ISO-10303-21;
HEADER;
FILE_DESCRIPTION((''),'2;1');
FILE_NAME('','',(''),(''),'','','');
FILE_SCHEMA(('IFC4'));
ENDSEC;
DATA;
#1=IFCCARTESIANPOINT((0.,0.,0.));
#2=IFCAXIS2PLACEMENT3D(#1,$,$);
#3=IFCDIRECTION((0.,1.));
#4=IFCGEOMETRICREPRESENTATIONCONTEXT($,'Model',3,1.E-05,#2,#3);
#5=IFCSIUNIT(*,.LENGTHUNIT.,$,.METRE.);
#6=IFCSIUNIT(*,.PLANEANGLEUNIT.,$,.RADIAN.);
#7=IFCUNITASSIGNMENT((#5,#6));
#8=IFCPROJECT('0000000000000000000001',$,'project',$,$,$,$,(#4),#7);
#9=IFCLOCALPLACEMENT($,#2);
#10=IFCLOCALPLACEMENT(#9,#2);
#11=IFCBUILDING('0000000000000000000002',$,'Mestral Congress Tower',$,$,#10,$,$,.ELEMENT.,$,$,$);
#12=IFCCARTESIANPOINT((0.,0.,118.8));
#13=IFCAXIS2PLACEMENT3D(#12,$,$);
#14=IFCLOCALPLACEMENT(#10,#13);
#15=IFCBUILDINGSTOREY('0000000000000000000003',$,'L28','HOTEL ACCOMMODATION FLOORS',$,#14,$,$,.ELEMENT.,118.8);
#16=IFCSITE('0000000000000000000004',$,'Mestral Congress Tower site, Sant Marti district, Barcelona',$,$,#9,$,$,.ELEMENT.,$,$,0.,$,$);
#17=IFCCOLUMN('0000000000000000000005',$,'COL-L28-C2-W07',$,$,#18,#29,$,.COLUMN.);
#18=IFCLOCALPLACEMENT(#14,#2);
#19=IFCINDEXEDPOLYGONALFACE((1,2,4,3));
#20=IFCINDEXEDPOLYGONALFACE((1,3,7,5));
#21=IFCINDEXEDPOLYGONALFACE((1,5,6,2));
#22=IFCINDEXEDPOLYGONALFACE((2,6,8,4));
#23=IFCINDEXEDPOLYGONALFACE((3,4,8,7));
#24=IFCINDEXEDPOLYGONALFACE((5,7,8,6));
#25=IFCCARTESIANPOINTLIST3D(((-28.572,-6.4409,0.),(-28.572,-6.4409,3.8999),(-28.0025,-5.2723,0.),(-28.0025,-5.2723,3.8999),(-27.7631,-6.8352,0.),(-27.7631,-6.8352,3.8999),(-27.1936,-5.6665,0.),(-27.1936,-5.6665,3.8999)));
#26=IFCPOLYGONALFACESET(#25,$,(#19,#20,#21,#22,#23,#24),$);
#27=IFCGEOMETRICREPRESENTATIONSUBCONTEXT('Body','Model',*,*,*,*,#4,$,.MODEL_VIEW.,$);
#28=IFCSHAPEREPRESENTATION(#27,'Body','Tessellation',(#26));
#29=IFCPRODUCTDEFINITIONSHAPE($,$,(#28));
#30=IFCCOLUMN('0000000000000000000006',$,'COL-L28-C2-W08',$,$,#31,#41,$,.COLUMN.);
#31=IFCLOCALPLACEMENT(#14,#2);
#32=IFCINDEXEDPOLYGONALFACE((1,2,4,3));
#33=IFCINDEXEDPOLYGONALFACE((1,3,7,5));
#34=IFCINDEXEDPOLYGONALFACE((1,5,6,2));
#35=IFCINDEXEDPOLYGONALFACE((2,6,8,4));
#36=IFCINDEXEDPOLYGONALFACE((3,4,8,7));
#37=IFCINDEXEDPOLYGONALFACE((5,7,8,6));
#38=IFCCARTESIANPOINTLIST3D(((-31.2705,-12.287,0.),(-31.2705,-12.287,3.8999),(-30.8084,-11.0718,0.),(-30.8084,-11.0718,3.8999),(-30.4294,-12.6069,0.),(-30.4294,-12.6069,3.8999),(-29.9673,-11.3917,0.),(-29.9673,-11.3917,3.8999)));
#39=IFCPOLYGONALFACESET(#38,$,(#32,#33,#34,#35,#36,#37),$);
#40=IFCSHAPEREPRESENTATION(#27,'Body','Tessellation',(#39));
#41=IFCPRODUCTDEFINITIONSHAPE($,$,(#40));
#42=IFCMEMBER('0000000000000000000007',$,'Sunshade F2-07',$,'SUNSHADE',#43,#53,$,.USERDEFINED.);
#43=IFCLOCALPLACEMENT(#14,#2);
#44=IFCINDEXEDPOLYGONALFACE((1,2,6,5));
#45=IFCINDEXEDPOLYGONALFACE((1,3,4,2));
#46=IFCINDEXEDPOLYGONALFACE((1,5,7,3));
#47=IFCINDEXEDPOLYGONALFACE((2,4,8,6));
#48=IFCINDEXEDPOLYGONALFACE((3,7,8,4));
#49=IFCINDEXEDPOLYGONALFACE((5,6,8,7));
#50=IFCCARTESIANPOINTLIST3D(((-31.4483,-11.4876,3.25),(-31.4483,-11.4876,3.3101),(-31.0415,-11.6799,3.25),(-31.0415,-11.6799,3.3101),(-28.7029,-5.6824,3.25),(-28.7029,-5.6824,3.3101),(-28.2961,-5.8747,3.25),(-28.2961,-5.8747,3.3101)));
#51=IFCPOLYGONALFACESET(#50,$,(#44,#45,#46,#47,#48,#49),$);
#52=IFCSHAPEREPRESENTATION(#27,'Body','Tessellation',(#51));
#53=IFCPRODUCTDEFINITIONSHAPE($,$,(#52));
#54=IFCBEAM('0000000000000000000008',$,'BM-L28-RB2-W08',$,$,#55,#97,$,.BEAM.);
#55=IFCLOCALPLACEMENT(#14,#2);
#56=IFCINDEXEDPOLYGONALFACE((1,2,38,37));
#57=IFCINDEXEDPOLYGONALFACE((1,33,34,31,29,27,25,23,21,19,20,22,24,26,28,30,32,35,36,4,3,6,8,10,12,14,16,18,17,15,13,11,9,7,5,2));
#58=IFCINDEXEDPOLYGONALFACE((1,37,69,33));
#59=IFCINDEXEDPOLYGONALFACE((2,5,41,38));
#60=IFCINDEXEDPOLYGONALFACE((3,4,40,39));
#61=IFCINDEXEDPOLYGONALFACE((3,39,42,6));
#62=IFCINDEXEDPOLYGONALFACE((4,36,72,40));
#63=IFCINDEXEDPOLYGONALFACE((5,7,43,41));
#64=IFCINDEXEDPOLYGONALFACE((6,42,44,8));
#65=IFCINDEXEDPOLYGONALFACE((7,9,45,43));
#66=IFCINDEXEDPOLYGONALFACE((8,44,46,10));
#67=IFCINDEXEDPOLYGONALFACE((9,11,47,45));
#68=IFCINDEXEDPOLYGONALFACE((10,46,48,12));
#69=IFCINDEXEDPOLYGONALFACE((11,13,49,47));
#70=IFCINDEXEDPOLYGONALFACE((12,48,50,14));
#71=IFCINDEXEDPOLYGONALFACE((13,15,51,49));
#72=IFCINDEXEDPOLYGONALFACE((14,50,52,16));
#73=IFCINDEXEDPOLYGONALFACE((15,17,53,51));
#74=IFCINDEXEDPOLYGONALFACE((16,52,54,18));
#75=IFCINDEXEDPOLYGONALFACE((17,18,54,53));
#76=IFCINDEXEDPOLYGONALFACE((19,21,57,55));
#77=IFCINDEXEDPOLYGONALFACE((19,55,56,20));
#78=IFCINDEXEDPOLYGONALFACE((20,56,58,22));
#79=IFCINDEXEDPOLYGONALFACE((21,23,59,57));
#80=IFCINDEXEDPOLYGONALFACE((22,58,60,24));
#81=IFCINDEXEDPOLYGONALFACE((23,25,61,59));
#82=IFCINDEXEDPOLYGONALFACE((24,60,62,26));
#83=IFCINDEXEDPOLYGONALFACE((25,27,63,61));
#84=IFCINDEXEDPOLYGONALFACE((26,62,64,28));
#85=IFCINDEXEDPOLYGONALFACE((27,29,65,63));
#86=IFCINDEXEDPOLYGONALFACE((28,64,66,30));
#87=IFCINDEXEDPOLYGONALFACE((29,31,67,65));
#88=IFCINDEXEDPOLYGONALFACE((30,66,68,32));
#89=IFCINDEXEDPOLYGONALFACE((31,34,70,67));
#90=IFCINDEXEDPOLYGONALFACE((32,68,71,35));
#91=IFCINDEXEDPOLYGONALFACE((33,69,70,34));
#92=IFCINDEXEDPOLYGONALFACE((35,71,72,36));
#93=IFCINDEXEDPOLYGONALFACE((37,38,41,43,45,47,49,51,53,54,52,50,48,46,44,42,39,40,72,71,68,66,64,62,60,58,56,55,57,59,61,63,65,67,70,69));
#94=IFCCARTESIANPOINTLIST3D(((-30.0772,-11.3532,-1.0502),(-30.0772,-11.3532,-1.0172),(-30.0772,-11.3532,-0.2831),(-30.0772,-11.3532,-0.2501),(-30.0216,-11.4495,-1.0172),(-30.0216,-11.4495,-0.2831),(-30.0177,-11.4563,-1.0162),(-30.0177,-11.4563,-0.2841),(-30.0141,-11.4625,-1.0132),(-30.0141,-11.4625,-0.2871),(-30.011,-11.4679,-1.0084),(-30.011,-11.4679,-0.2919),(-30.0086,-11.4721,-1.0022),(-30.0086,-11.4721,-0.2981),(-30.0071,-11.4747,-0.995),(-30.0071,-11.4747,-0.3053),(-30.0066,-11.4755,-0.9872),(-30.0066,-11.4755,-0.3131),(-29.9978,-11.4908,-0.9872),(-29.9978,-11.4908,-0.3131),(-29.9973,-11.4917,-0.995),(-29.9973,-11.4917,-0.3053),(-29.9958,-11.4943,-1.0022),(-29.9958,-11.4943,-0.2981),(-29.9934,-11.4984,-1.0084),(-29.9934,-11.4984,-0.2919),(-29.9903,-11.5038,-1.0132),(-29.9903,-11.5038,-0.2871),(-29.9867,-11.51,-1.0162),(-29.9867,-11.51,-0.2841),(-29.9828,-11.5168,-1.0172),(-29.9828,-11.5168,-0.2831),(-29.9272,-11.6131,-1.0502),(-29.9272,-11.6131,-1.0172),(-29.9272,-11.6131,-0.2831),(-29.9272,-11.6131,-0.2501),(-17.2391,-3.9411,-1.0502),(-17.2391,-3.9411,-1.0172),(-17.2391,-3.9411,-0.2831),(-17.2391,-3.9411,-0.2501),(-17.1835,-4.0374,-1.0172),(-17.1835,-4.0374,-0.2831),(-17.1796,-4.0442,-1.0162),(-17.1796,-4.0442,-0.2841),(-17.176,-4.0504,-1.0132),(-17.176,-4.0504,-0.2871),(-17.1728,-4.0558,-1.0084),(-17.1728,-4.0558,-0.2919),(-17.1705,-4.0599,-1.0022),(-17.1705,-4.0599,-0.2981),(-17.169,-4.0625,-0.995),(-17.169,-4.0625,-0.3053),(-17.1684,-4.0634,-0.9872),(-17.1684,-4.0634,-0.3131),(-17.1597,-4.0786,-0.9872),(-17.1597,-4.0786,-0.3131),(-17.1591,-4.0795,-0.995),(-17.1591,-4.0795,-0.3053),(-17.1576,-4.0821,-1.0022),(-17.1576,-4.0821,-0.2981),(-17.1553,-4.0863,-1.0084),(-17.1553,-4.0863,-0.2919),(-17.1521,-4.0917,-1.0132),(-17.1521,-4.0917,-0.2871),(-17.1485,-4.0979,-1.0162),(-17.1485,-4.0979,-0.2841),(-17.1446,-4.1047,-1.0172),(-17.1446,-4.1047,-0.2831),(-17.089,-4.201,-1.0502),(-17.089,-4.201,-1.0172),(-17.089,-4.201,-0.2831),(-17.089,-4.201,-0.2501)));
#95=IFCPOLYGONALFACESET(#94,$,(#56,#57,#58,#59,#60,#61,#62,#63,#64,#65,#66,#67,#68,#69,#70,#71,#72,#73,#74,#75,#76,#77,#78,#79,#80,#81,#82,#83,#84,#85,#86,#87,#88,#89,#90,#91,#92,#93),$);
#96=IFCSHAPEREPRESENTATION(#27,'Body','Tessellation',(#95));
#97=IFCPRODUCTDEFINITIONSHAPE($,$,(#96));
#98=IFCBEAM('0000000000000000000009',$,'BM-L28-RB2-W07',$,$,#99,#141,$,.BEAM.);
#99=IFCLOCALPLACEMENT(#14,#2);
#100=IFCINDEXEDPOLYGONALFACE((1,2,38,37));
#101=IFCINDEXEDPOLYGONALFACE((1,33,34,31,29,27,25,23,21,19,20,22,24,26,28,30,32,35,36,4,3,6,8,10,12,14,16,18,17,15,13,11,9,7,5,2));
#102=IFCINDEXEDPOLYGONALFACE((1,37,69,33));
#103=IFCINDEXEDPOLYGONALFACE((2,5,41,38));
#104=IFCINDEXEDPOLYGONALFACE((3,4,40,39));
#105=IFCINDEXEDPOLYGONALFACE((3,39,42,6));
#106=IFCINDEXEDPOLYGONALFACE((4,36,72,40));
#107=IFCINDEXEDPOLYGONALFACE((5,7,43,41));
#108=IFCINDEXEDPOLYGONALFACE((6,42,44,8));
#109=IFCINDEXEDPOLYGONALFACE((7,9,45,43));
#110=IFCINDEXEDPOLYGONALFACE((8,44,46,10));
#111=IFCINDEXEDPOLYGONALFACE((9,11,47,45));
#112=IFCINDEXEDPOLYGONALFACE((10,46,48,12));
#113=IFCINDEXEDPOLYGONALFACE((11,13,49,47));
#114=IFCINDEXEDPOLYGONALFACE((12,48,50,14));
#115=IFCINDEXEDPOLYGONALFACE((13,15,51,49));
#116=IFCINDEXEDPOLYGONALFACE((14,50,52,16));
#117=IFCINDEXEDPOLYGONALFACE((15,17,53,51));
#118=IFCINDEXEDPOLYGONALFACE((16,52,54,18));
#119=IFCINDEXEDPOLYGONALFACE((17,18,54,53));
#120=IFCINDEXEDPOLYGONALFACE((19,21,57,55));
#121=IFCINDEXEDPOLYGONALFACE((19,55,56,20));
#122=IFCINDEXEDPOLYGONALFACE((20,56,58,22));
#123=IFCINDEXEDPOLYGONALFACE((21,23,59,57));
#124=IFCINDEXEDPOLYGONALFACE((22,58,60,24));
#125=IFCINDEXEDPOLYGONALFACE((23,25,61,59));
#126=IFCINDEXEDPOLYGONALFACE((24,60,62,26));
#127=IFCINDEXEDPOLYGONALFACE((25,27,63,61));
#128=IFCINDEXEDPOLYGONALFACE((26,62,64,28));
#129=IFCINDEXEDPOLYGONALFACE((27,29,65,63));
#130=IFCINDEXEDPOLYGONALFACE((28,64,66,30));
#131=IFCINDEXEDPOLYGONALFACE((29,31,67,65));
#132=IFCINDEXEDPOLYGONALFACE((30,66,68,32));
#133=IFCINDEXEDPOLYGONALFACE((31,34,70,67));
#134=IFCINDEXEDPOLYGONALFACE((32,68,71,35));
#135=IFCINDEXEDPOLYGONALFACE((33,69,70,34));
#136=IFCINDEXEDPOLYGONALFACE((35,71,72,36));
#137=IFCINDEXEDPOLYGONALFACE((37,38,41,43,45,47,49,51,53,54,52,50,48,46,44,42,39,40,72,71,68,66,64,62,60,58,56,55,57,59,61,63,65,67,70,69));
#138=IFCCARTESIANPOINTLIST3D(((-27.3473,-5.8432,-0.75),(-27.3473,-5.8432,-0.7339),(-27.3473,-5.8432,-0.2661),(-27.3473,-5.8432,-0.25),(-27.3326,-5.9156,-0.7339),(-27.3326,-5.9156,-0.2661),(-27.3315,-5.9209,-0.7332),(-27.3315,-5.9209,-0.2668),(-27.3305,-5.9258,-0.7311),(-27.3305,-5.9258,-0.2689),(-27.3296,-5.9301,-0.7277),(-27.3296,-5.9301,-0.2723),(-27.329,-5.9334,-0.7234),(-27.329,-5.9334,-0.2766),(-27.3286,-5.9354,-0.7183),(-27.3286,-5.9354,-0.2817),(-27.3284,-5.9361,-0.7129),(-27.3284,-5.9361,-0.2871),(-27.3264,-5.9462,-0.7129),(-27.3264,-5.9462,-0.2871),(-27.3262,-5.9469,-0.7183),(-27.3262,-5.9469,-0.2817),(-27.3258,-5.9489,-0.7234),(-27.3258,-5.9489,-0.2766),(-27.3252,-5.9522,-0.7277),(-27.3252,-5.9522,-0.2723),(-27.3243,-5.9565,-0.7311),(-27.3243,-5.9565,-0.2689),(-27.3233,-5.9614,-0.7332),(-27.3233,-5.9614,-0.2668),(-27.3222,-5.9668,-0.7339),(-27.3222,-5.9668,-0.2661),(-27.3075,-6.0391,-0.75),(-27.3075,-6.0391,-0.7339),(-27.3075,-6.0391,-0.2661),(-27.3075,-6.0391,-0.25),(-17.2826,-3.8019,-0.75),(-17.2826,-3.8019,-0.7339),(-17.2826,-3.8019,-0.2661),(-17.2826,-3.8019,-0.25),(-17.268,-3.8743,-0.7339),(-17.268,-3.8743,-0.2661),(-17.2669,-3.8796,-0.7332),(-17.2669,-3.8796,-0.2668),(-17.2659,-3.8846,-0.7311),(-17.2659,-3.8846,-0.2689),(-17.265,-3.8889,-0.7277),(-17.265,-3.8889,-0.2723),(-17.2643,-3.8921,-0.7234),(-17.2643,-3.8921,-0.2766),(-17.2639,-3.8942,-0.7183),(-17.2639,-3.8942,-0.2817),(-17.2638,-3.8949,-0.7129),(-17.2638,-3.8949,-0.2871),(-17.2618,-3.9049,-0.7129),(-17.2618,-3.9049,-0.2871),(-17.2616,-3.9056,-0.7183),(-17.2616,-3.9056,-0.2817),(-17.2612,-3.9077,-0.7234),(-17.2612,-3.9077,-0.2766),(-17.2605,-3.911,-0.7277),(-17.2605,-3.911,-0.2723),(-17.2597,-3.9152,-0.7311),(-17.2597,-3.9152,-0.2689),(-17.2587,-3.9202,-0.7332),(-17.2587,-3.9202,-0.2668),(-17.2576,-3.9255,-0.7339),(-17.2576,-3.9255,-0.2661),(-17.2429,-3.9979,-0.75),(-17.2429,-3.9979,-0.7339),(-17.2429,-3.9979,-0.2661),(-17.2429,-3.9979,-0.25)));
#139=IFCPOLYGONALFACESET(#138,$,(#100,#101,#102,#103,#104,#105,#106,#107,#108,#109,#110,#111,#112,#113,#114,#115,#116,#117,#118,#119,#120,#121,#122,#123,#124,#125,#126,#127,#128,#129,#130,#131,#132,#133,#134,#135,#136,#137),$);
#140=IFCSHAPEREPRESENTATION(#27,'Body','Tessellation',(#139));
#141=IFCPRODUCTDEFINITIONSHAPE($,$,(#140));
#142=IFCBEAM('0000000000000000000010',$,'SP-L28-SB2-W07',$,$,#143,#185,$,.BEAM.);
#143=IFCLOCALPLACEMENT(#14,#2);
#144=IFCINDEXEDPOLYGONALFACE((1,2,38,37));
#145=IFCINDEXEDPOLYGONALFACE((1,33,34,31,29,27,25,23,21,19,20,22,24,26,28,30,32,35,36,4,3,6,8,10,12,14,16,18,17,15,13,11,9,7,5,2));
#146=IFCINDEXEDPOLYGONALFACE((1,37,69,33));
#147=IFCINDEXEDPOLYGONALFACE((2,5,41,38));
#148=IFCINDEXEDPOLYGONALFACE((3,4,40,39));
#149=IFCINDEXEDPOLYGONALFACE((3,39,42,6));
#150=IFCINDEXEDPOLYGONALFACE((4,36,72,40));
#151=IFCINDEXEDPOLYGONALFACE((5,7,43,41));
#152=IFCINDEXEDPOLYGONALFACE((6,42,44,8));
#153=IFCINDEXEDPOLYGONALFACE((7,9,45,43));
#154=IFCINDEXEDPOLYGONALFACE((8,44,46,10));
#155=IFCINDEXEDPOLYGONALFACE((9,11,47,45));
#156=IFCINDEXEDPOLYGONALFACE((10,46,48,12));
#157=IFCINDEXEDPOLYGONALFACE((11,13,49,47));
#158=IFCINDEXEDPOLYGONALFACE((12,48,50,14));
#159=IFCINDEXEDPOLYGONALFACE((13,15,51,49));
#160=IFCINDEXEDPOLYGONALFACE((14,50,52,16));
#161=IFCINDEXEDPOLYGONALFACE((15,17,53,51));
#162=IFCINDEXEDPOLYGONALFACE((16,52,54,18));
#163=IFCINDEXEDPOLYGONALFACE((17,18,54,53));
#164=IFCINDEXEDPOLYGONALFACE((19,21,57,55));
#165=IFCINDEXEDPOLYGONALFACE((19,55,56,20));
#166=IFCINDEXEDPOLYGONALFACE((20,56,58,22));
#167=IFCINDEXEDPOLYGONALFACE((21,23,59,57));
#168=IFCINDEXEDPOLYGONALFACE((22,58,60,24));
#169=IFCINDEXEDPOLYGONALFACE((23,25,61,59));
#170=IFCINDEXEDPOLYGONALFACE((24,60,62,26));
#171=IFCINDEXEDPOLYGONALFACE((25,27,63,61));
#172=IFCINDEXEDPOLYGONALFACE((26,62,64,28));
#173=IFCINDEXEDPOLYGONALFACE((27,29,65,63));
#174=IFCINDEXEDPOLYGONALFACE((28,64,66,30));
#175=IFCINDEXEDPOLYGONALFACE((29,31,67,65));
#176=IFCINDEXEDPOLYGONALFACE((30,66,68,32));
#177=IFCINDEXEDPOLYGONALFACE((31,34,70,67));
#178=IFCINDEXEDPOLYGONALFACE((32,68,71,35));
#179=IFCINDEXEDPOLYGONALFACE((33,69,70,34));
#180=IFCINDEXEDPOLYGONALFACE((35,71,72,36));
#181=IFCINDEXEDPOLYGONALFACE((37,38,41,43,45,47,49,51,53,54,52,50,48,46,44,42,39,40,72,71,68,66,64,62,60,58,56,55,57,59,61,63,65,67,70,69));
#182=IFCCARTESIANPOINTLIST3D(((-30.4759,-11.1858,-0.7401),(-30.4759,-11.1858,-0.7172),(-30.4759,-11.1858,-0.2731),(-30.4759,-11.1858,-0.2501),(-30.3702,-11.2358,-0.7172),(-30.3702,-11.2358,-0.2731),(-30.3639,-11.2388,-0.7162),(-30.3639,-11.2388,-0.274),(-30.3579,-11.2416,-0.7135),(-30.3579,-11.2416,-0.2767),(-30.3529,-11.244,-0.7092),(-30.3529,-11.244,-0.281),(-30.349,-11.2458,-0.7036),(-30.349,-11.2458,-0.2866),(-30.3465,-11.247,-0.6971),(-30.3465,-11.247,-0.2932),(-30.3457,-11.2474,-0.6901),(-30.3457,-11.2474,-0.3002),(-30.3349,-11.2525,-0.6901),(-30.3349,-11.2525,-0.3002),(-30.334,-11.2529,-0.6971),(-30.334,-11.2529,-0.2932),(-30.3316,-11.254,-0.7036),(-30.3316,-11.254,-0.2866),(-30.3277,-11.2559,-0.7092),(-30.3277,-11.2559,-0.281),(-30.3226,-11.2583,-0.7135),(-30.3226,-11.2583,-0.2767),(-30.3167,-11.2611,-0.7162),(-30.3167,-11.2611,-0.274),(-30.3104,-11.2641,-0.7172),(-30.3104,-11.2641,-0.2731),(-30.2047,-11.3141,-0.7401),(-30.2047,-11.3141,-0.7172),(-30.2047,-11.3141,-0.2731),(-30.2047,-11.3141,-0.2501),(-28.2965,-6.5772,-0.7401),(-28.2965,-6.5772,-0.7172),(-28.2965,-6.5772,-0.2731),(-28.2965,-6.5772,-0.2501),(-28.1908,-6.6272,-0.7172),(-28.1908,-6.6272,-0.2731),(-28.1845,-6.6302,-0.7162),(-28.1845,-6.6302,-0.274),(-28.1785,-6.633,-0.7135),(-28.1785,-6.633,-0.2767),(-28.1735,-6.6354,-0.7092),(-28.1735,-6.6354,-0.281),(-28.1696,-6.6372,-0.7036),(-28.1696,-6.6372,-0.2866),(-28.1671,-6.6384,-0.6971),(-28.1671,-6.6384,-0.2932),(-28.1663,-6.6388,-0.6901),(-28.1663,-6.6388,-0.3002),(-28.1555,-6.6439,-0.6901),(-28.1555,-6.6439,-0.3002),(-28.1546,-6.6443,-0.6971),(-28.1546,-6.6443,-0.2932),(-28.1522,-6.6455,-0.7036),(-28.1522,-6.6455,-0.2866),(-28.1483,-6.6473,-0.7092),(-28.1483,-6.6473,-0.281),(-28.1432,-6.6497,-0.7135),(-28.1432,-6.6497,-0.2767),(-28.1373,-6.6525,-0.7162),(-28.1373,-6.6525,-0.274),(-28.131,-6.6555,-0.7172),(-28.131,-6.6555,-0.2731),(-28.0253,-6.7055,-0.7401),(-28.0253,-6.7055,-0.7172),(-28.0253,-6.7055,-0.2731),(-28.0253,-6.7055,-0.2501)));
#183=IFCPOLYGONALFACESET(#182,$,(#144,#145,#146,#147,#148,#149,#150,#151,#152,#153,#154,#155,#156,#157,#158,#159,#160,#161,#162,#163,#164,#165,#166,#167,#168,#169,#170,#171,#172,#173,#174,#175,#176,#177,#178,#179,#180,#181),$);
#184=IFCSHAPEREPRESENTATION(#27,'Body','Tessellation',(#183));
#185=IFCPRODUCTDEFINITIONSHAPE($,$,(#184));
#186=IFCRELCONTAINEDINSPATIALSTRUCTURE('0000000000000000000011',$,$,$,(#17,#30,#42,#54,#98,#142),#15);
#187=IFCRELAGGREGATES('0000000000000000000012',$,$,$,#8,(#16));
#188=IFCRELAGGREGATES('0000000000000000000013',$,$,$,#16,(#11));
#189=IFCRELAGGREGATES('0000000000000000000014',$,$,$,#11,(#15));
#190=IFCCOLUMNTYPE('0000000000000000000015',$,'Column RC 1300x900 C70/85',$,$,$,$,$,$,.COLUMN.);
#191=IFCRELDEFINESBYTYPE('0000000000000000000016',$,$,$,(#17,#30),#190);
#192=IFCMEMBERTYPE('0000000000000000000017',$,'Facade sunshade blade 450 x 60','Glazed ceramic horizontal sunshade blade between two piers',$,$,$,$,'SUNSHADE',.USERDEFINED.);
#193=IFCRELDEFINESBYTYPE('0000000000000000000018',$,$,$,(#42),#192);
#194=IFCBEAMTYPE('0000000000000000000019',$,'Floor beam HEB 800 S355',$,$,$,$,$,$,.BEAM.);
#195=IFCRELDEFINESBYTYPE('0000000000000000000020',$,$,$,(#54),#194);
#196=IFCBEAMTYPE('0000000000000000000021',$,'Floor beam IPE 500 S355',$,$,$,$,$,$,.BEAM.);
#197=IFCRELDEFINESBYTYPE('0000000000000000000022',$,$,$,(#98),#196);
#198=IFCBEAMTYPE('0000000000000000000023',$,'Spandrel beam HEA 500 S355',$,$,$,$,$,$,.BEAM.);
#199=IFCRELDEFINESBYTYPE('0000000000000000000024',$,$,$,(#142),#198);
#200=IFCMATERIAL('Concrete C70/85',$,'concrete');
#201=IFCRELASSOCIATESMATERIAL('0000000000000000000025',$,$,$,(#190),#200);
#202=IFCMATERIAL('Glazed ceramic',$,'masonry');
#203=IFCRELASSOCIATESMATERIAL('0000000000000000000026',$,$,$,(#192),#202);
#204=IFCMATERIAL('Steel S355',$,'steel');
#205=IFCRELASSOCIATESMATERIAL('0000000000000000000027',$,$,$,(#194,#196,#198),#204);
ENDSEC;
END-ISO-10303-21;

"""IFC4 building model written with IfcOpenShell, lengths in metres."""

from ifc_helpers import new_model, si_unit, direction, frame, origin, origin_2d, place, context, subcontext, project, spatial, rectangle, i_section, extrude, material, material_profile, profile_set, type_object, element, save


model = new_model("IFC4")

# Units and contexts
model_context = context("Model", 3, precision=1e-05, world=origin(), true_north=direction((0.0, 1.0)))
body_context = subcontext(model_context, "Body", "Model", "MODEL_VIEW")
ifc_project = project(units=[si_unit("LENGTHUNIT", "METRE"), si_unit("PLANEANGLEUNIT", "RADIAN")], contexts=[model_context])

# Site, building, storey
site_placement = place(None, origin())
site = spatial("IfcSite", under=ifc_project, at=site_placement, Name="Mestral Congress Tower site, Sant Marti district, Barcelona", CompositionType="ELEMENT", RefElevation=0.0)
building_placement = place(site_placement, origin())
building = spatial("IfcBuilding", under=site, at=building_placement, Name="Mestral Congress Tower", CompositionType="ELEMENT")
storey_placement = place(building_placement, frame((0.0, 0.0, 118.8)))
storey = spatial("IfcBuildingStorey", under=building, at=storey_placement, Name="L28", Description="HOTEL ACCOMMODATION FLOORS", CompositionType="ELEMENT", Elevation=118.8)

# Columns
ifc_material_1 = material(Name="Concrete C70/85", Category="concrete")
ifc_material_profile_1 = material_profile(ifc_material_1, rectangle(XDim=1.3, YDim=0.8999, at=origin_2d()), Name="RC 1300x900")
ifc_profile_set_1 = profile_set([ifc_material_profile_1], Name="Concrete C70/85")
column_type = type_object("IfcColumnType", Name="Column RC 1300x900 C70/85", PredefinedType="COLUMN", material=ifc_profile_set_1)
for number, where, z_axis, x_axis, name in (
    (1, (-27.8828, -6.0537, 0.0), (0.0, 0.0, 1.0), (-0.438061, -0.898945, 0.0), "COL-L28-C2-W07"),
    (2, (-30.6189, -11.8394, 0.0), (0.0, 0.0, 1.0), (-0.355494, -0.934679, 0.0), "COL-L28-C2-W08"),
):
    element("IfcColumn", number, at=place(storey_placement, frame(where, z_axis=z_axis, x_axis=x_axis)), inside=storey, type_object=column_type, Name=name, PredefinedType="COLUMN", context=body_context, shape_type="SweptSolid", body=[
        extrude(rectangle(XDim=1.3, YDim=0.8999, at=origin_2d()), origin(), (0.0, 0.0, 1.0), 3.8999),
    ])

# Member
ifc_material_2 = material(Name="Glazed ceramic", Category="masonry")
ifc_material_profile_2 = material_profile(ifc_material_2, rectangle(XDim=0.45, YDim=0.0601, at=origin_2d()), Name="Ceramic blade 450 x 60")
ifc_profile_set_2 = profile_set([ifc_material_profile_2], Name="Glazed ceramic")
member_type = type_object("IfcMemberType", Name="Facade sunshade blade 450 x 60", Description="Glazed ceramic horizontal sunshade blade between two piers", ElementType="SUNSHADE", PredefinedType="USERDEFINED", material=ifc_profile_set_2)
member_placement = place(storey_placement, frame((-28.4995, -5.7786, 3.28), z_axis=(-0.427519, -0.904006, 0.0), x_axis=(0.904006, -0.427519, 0.0)))
element("IfcMember", 3, at=member_placement, inside=storey, type_object=member_type, Name="Sunshade F2-07", ObjectType="SUNSHADE", PredefinedType="USERDEFINED", context=body_context, shape_type="SweptSolid", body=[
    extrude(rectangle(XDim=0.45, YDim=0.0601, at=origin_2d()), origin(), (0.0, 0.0, 1.0), 6.4216),
])

# Beams
ifc_material_3 = material(Name="Steel S355", Category="steel")
ifc_material_profile_3 = material_profile(ifc_material_3, i_section(OverallWidth=0.3, OverallDepth=0.8, WebThickness=0.0176, FlangeThickness=0.033, FilletRadius=0.03, at=origin_2d()), Name="HEB 800")
ifc_profile_set_3 = profile_set([ifc_material_profile_3], Name="Steel S355")
beam_type_1 = type_object("IfcBeamType", Name="Floor beam HEB 800 S355", PredefinedType="BEAM", material=ifc_profile_set_3)
beam_1_placement = place(storey_placement, frame((-30.0022, -11.4832, -0.6501), z_axis=(0.866025, 0.5, 0.0), x_axis=(-0.5, 0.866025, 0.0)))
element("IfcBeam", 4, at=beam_1_placement, inside=storey, type_object=beam_type_1, Name="BM-L28-RB2-W08", PredefinedType="BEAM", context=body_context, shape_type="SweptSolid", body=[
    extrude(i_section(OverallWidth=0.3, OverallDepth=0.8, WebThickness=0.0176, FlangeThickness=0.033, FilletRadius=0.03, at=origin_2d()), origin(), (0.0, 0.0, 1.0), 14.8242),
])
ifc_material_profile_4 = material_profile(ifc_material_3, i_section(OverallWidth=0.2, OverallDepth=0.5, WebThickness=0.0103, FlangeThickness=0.0161, FilletRadius=0.021, at=origin_2d()), Name="IPE 500")
ifc_profile_set_4 = profile_set([ifc_material_profile_4], Name="Steel S355")
beam_type_2 = type_object("IfcBeamType", Name="Floor beam IPE 500 S355", PredefinedType="BEAM", material=ifc_profile_set_4)
beam_2_placement = place(storey_placement, frame((-27.3274, -5.9412, -0.5), z_axis=(0.980047, 0.198767, 0.0), x_axis=(-0.198767, 0.980047, 0.0)))
element("IfcBeam", 5, at=beam_2_placement, inside=storey, type_object=beam_type_2, Name="BM-L28-RB2-W07", PredefinedType="BEAM", context=body_context, shape_type="SweptSolid", body=[
    extrude(i_section(OverallWidth=0.2, OverallDepth=0.5, WebThickness=0.0103, FlangeThickness=0.0161, FilletRadius=0.021, at=origin_2d()), origin(), (0.0, 0.0, 1.0), 10.2695),
])
ifc_material_profile_5 = material_profile(ifc_material_3, i_section(OverallWidth=0.3, OverallDepth=0.49, WebThickness=0.012, FlangeThickness=0.0229, FilletRadius=0.0271, at=origin_2d()), Name="HEA 500")
ifc_profile_set_5 = profile_set([ifc_material_profile_5], Name="Steel S355")
beam_type_3 = type_object("IfcBeamType", Name="Spandrel beam HEA 500 S355", PredefinedType="BEAM", material=ifc_profile_set_5)
beam_3_placement = place(storey_placement, frame((-28.1609, -6.6414, -0.4951), z_axis=(-0.42751, -0.904011, 0.0), x_axis=(0.904011, -0.42751, 0.0)))
element("IfcBeam", 6, at=beam_3_placement, inside=storey, type_object=beam_type_3, Name="SP-L28-SB2-W07", PredefinedType="BEAM", context=body_context, shape_type="SweptSolid", body=[
    extrude(i_section(OverallWidth=0.3, OverallDepth=0.49, WebThickness=0.012, FlangeThickness=0.0229, FilletRadius=0.0271, at=origin_2d()), origin(), (0.0, 0.0, 1.0), 5.0979),
])

save(model, "model.ifc")
